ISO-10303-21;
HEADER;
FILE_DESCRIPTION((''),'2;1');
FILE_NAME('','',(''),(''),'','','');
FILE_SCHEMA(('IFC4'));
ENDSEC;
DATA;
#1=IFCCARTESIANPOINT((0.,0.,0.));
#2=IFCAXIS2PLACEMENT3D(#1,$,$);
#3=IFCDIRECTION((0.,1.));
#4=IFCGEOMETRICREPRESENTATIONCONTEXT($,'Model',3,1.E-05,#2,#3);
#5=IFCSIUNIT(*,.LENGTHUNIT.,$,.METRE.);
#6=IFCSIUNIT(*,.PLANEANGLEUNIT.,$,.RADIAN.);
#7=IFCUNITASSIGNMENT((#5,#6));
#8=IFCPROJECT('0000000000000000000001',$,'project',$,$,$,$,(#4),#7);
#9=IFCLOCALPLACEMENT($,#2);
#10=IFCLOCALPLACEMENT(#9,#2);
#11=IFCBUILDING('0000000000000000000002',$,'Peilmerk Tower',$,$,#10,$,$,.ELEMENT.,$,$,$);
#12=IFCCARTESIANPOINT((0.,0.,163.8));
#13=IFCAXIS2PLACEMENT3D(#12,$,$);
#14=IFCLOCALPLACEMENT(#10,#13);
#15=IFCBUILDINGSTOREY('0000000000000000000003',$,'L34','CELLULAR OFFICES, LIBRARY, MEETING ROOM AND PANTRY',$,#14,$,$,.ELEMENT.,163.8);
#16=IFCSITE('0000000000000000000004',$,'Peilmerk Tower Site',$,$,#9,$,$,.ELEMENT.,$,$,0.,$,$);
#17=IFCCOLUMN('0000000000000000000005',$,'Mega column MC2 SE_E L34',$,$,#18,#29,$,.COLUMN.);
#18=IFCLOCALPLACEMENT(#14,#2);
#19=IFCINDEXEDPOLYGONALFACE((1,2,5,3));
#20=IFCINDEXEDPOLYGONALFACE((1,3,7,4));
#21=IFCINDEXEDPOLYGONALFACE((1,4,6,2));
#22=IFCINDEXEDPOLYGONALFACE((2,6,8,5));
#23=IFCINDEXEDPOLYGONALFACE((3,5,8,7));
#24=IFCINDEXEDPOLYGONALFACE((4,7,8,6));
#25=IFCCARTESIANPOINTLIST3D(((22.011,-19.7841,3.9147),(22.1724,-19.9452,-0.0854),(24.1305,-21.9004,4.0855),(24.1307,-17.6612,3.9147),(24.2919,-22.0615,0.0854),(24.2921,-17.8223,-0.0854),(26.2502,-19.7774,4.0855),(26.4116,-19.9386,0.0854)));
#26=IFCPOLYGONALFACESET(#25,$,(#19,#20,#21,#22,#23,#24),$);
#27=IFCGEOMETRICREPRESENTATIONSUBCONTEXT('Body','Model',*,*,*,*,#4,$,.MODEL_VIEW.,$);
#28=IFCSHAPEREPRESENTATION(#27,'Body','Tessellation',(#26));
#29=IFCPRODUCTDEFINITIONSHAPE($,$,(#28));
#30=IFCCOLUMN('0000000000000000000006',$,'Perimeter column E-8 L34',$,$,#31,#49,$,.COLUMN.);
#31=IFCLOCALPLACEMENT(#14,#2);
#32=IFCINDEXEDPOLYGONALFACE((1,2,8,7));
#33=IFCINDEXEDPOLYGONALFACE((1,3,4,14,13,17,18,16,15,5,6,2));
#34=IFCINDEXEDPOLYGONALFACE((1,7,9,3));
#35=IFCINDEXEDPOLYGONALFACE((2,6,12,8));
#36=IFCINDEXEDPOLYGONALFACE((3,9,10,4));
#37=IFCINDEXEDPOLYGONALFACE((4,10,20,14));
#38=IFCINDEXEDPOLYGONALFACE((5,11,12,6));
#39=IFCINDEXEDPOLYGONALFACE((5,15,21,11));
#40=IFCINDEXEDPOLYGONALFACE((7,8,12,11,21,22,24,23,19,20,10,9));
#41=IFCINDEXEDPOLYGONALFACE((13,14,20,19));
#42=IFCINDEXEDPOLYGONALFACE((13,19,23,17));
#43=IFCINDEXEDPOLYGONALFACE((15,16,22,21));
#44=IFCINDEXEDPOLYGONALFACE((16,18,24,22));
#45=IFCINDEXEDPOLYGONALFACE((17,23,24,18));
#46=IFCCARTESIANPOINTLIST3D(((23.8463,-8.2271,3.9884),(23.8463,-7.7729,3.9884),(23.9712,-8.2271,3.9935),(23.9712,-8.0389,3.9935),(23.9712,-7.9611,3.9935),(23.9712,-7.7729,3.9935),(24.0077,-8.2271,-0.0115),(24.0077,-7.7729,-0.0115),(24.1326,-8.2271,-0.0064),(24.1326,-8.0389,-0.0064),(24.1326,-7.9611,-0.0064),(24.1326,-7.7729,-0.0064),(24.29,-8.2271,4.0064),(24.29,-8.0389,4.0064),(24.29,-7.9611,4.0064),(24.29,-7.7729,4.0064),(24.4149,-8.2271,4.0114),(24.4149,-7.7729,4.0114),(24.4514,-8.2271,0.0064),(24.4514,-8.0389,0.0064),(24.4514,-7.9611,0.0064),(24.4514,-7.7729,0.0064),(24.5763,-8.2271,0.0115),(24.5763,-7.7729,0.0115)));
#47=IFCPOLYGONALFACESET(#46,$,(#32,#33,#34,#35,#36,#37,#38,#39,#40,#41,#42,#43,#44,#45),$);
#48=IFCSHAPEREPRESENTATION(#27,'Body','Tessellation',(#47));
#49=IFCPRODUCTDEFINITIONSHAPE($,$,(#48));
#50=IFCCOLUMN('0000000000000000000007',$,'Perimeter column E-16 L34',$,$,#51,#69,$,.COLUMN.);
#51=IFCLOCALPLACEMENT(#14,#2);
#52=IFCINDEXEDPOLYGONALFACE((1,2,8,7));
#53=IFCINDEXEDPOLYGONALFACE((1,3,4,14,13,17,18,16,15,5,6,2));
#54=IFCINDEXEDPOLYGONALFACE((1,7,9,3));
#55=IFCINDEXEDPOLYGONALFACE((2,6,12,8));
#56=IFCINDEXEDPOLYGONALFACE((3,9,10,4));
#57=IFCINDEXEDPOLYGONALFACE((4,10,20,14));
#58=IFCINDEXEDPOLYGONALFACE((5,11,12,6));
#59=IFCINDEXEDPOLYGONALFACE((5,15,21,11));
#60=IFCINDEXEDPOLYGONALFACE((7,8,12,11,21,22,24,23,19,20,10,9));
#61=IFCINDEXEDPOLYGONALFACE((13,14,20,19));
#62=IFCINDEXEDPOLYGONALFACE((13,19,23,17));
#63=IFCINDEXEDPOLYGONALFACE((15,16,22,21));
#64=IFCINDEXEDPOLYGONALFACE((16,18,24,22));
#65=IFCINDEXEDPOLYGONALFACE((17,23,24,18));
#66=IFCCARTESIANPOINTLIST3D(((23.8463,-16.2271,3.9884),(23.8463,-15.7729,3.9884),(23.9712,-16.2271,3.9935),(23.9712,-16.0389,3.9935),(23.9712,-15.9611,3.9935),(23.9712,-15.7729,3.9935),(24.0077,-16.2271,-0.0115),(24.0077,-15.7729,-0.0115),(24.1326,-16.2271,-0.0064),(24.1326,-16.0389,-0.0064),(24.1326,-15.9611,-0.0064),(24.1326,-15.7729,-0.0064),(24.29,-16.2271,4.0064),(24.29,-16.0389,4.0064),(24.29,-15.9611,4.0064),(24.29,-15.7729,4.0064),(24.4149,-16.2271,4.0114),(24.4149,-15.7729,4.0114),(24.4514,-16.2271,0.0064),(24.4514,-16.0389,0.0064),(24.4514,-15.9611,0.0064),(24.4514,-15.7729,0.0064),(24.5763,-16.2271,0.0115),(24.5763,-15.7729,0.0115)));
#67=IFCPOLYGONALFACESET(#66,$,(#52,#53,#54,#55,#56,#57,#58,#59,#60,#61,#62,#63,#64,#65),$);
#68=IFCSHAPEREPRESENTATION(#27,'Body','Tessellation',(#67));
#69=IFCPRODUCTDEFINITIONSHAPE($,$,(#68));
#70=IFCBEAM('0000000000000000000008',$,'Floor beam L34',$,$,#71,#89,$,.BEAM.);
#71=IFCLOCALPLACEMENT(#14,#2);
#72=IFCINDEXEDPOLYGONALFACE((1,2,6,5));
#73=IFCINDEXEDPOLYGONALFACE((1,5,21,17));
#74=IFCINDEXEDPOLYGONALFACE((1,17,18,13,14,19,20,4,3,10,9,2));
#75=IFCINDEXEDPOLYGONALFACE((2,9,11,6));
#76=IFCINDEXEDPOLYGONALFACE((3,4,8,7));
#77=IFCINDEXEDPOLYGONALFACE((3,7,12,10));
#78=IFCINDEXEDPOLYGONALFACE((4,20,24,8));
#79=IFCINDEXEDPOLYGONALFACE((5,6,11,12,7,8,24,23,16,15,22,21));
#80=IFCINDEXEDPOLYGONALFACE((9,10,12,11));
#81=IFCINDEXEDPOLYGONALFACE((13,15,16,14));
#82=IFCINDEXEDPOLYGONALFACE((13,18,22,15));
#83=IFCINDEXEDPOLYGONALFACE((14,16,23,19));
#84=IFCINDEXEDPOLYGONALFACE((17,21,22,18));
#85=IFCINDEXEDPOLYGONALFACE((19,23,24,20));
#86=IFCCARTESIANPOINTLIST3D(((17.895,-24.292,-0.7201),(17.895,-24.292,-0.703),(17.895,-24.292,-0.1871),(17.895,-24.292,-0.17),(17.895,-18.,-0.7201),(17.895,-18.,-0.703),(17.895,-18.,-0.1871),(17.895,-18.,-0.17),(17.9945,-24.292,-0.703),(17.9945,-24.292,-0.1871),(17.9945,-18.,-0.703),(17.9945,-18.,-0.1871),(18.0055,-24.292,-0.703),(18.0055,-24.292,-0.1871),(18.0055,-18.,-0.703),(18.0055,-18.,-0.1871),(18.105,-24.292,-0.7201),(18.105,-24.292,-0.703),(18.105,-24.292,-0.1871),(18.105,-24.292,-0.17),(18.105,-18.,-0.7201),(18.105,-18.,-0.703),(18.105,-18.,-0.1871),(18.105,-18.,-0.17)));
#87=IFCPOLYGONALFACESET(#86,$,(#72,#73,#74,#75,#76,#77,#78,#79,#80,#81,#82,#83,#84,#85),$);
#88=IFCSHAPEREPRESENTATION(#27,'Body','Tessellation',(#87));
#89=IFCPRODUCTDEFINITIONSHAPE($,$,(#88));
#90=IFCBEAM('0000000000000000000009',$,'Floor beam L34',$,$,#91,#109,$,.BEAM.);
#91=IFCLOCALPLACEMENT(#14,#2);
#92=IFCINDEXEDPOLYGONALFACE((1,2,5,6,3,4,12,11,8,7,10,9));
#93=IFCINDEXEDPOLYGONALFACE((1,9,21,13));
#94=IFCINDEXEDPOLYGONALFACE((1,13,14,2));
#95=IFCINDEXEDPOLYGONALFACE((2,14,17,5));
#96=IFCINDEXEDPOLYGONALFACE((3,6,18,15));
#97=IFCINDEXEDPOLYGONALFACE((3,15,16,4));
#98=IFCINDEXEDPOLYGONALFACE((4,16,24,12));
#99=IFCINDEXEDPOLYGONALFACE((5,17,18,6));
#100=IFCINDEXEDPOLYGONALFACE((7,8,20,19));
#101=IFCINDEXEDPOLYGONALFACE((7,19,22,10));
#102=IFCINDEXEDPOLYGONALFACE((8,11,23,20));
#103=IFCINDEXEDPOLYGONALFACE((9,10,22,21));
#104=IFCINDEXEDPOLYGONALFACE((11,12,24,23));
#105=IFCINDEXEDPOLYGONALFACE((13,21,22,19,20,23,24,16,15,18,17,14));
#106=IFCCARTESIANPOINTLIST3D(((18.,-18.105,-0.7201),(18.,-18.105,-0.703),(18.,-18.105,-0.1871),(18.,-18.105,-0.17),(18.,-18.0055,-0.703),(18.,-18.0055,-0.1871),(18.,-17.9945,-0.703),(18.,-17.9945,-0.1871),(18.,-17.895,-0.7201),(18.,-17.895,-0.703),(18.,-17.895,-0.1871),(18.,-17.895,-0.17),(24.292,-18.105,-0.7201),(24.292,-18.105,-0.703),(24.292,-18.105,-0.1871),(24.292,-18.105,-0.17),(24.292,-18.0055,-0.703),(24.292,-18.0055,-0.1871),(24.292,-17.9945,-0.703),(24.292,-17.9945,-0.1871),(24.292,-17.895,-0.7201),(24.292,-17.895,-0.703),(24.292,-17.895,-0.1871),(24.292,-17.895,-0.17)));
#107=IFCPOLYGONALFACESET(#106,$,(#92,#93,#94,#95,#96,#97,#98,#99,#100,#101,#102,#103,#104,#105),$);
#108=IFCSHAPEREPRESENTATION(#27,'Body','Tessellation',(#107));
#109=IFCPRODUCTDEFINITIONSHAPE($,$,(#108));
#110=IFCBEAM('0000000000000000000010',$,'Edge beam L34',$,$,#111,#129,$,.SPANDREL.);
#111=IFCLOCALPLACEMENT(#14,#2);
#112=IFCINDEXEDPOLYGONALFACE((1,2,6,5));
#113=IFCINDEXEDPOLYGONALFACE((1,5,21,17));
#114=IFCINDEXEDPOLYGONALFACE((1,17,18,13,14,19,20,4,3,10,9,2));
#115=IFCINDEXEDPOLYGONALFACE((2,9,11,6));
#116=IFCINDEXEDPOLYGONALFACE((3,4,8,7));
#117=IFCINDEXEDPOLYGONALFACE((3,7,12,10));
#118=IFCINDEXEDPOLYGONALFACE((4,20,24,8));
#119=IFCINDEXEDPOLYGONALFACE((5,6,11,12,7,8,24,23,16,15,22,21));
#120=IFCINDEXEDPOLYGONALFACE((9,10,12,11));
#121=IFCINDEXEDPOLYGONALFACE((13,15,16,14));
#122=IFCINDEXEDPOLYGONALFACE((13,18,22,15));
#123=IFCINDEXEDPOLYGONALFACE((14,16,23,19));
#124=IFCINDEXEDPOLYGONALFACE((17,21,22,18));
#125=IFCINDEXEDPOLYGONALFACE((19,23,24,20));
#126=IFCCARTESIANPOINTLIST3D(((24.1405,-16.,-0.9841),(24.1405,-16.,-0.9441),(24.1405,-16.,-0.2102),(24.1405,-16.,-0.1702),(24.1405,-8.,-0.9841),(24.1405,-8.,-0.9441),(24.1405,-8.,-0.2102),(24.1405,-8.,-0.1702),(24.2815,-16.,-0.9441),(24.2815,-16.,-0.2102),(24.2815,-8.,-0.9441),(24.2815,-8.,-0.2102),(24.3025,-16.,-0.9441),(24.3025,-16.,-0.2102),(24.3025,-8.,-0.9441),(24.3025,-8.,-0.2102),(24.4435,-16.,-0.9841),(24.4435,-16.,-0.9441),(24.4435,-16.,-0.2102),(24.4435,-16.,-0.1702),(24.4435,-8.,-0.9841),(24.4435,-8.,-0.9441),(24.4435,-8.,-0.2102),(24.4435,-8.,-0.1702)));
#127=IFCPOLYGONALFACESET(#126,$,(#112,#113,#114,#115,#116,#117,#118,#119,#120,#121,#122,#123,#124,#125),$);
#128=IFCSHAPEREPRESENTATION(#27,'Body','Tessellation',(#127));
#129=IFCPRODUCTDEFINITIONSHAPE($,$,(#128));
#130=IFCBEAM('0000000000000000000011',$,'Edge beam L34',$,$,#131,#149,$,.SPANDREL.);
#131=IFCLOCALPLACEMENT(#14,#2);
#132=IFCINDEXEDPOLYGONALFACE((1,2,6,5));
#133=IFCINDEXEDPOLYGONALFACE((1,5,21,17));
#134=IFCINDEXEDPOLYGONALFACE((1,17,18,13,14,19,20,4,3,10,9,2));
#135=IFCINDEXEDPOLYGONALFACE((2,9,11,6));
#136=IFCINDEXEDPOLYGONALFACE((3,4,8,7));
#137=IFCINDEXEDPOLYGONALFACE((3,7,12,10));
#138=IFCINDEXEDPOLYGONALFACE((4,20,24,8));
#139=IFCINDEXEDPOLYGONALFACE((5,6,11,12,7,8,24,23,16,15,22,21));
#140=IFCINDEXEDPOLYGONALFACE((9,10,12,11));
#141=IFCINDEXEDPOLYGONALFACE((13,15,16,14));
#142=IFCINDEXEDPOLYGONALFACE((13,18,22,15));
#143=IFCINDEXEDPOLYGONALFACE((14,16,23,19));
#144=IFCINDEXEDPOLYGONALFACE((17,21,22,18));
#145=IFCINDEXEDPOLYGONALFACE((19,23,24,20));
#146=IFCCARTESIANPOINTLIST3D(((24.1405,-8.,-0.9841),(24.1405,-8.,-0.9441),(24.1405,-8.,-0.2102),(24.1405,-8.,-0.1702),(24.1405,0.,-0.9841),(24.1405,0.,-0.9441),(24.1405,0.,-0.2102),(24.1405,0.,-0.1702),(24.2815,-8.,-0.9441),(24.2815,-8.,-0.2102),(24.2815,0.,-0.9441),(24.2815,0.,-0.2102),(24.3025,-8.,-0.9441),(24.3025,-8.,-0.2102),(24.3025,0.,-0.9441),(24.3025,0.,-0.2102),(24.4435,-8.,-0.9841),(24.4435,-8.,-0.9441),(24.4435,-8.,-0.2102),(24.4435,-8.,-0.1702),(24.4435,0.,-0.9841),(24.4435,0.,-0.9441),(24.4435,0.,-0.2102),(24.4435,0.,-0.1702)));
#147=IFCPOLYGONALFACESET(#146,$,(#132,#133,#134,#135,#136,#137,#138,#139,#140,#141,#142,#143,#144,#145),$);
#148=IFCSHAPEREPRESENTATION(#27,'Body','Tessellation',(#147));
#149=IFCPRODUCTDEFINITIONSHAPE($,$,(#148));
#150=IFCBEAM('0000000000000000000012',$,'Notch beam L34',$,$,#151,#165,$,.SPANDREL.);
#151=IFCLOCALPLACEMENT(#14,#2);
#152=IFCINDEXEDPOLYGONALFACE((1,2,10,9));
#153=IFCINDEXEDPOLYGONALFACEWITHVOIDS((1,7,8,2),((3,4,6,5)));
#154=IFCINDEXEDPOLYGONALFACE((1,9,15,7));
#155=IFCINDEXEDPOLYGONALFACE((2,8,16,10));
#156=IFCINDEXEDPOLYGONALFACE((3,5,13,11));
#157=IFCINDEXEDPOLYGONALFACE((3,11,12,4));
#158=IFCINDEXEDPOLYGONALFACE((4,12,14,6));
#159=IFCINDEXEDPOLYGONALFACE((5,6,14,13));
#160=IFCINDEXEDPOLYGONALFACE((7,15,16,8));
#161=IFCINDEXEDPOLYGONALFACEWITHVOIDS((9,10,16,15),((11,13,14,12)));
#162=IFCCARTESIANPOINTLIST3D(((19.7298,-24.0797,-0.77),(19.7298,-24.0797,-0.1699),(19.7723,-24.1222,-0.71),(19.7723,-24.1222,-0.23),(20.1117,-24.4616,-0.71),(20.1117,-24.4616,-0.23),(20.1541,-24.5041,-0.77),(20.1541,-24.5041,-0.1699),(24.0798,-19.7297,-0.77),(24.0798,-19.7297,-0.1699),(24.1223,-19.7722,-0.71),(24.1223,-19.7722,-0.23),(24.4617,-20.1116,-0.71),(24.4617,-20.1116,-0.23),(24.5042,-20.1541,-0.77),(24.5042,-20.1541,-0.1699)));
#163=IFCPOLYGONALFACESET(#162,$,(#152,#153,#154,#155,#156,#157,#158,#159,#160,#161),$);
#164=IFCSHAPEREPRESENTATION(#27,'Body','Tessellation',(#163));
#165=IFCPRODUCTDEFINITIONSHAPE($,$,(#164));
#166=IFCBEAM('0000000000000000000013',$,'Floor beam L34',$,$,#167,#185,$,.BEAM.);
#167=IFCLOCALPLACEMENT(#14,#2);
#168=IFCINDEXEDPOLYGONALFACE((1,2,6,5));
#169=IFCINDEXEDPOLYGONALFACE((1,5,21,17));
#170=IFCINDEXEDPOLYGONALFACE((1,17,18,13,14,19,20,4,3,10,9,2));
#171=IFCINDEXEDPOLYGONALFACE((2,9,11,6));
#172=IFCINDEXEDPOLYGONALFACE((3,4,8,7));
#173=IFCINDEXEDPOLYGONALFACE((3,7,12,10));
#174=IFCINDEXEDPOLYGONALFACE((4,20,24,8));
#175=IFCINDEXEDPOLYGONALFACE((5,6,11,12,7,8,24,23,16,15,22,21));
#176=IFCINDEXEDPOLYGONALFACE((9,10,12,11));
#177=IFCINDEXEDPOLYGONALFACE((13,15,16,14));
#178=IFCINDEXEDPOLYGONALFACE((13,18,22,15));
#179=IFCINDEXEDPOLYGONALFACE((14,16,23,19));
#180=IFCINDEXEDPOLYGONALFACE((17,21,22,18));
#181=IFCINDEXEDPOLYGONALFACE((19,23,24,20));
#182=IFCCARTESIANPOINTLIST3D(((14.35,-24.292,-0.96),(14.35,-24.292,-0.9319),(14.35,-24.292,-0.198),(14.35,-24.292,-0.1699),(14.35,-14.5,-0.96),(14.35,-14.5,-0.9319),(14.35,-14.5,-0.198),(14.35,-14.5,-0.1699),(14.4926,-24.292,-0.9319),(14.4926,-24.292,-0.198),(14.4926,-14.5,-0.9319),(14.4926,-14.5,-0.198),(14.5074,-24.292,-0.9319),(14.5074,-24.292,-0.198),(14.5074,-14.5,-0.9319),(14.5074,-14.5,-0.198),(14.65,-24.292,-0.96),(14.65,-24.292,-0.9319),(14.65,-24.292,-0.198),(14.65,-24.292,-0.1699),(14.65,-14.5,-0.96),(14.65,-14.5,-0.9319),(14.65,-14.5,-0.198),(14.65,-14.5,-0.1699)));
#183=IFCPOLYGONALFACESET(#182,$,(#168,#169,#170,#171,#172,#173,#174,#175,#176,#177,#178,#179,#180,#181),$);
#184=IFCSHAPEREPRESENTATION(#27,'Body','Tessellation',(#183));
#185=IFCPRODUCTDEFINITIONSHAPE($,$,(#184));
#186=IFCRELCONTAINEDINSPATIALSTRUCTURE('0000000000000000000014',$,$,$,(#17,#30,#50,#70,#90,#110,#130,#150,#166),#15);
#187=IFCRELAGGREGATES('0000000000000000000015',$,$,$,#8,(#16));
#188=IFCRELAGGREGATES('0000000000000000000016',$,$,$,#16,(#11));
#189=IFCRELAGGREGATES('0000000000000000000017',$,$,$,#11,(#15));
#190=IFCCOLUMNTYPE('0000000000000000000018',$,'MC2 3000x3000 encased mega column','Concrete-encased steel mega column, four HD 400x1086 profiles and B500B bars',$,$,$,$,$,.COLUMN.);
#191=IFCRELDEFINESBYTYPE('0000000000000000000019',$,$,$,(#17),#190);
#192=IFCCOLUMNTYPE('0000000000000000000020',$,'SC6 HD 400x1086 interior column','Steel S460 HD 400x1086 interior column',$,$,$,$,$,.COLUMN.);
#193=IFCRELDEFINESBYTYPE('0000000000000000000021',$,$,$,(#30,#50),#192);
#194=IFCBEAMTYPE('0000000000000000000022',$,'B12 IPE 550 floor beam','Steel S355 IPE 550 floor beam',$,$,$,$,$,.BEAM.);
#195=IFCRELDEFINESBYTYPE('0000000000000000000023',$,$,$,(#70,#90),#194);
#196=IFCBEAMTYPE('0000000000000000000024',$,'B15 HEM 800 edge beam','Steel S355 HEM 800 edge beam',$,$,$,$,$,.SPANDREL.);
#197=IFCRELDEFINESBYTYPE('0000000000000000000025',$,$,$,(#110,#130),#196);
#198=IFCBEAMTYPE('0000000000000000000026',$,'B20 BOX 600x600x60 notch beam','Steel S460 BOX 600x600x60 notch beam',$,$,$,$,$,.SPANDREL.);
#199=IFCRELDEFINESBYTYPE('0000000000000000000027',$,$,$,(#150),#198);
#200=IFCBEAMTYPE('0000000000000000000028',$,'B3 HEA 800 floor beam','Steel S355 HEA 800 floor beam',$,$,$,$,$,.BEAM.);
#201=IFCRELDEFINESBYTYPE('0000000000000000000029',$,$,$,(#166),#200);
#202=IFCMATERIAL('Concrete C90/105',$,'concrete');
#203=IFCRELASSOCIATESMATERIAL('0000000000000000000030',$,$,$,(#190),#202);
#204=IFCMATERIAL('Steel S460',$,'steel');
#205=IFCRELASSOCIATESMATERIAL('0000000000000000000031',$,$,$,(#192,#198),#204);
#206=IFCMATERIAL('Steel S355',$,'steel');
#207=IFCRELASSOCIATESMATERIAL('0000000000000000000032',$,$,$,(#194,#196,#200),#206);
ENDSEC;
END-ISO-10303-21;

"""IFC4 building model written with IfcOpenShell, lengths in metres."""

from ifc_helpers import new_model, si_unit, direction, frame, origin, origin_2d, place, context, subcontext, project, spatial, rectangle, hollow_rectangle, i_section, extrude, material, material_profile, profile_set, type_object, element, save


model = new_model("IFC4")

# Units and contexts
model_context = context("Model", 3, precision=1e-05, world=origin(), true_north=direction((0.0, 1.0)))
body_context = subcontext(model_context, "Body", "Model", "MODEL_VIEW")
ifc_project = project(units=[si_unit("LENGTHUNIT", "METRE"), si_unit("PLANEANGLEUNIT", "RADIAN")], contexts=[model_context])

# Site, building, storey
site_placement = place(None, origin())
site = spatial("IfcSite", under=ifc_project, at=site_placement, Name="Peilmerk Tower Site", CompositionType="ELEMENT", RefElevation=0.0)
building_placement = place(site_placement, origin())
building = spatial("IfcBuilding", under=site, at=building_placement, Name="Peilmerk Tower", CompositionType="ELEMENT")
storey_placement = place(building_placement, frame((0.0, 0.0, 163.8)))
storey = spatial("IfcBuildingStorey", under=building, at=storey_placement, Name="L34", Description="CELLULAR OFFICES, LIBRARY, MEETING ROOM AND PANTRY", CompositionType="ELEMENT", Elevation=163.8)

# Columns
ifc_material_1 = material(Name="Concrete C90/105", Category="concrete")
ifc_material_profile_1 = material_profile(ifc_material_1, rectangle(XDim=3.0, YDim=3.0, at=origin_2d()), Name="RC 3000x3000")
ifc_profile_set_1 = profile_set([ifc_material_profile_1], Name="Concrete C90/105")
column_type_1 = type_object("IfcColumnType", Name="MC2 3000x3000 encased mega column", Description="Concrete-encased steel mega column, four HD 400x1086 profiles and B500B bars", PredefinedType="COLUMN", material=ifc_profile_set_1)
column_placement = place(storey_placement, frame((24.292, -19.9419, 0.0), z_axis=(-0.040279, 0.040218, 0.998379), x_axis=(-0.706571, -0.707642, 0.0)))
element("IfcColumn", 1, at=column_placement, inside=storey, type_object=column_type_1, Name="Mega column MC2 SE_E L34", PredefinedType="COLUMN", context=body_context, shape_type="SweptSolid", body=[
    extrude(rectangle(XDim=3.0, YDim=3.0, at=origin_2d()), origin(), (0.0, 0.0, 1.0), 4.0066),
])
ifc_material_2 = material(Name="Steel S460", Category="steel")
ifc_material_profile_2 = material_profile(ifc_material_2, i_section(OverallWidth=0.4541, OverallDepth=0.5691, WebThickness=0.0779, FlangeThickness=0.125, at=origin_2d()), Name="HD 400x1086")
ifc_profile_set_2 = profile_set([ifc_material_profile_2], Name="Steel S460")
column_type_2 = type_object("IfcColumnType", Name="SC6 HD 400x1086 interior column", Description="Steel S460 HD 400x1086 interior column", PredefinedType="COLUMN", material=ifc_profile_set_2)
for number, where, z_axis, x_axis, name in (
    (2, (24.292, -8.0, 0.0), (-0.040311, 0.0, 0.999187), (0.0, -1.0, 0.0), "Perimeter column E-8 L34"),
    (3, (24.292, -16.0, 0.0), (-0.040311, 0.0, 0.999187), (0.0, -1.0, 0.0), "Perimeter column E-16 L34"),
):
    element("IfcColumn", number, at=place(storey_placement, frame(where, z_axis=z_axis, x_axis=x_axis)), inside=storey, type_object=column_type_2, Name=name, PredefinedType="COLUMN", context=body_context, shape_type="SweptSolid", body=[
        extrude(i_section(OverallWidth=0.4541, OverallDepth=0.5691, WebThickness=0.0779, FlangeThickness=0.125, at=origin_2d()), origin(), (0.0, 0.0, 1.0), 4.0032),
    ])

# Beams
ifc_material_3 = material(Name="Steel S355", Category="steel")
ifc_material_profile_3 = material_profile(ifc_material_3, i_section(OverallWidth=0.21, OverallDepth=0.55, WebThickness=0.011, FlangeThickness=0.0171, at=origin_2d()), Name="IPE 550")
ifc_profile_set_3 = profile_set([ifc_material_profile_3], Name="Steel S355")
beam_type_1 = type_object("IfcBeamType", Name="B12 IPE 550 floor beam", Description="Steel S355 IPE 550 floor beam", PredefinedType="BEAM", material=ifc_profile_set_3)
for number, where, z_axis, x_axis, name in (
    (4, (18.0, -18.0, -0.4451), (0.0, -1.0, 0.0), (1.0, 0.0, 0.0), "Floor beam L34"),
    (5, (18.0, -18.0, -0.4451), (1.0, 0.0, 0.0), (0.0, 1.0, 0.0), "Floor beam L34"),
):
    element("IfcBeam", number, at=place(storey_placement, frame(where, z_axis=z_axis, x_axis=x_axis)), inside=storey, type_object=beam_type_1, Name=name, PredefinedType="BEAM", context=body_context, shape_type="SweptSolid", body=[
        extrude(i_section(OverallWidth=0.21, OverallDepth=0.55, WebThickness=0.011, FlangeThickness=0.0171, at=origin_2d()), origin(), (0.0, 0.0, 1.0), 6.292),
    ])
ifc_material_profile_4 = material_profile(ifc_material_3, i_section(OverallWidth=0.303, OverallDepth=0.814, WebThickness=0.021, FlangeThickness=0.04, at=origin_2d()), Name="HEM 800")
ifc_profile_set_4 = profile_set([ifc_material_profile_4], Name="Steel S355")
beam_type_2 = type_object("IfcBeamType", Name="B15 HEM 800 edge beam", Description="Steel S355 HEM 800 edge beam", PredefinedType="SPANDREL", material=ifc_profile_set_4)
for number, where, z_axis, x_axis, name in (
    (6, (24.292, -16.0, -0.5771), (0.0, 1.0, 0.0), (-1.0, 0.0, 0.0), "Edge beam L34"),
    (7, (24.292, -8.0, -0.5771), (0.0, 1.0, 0.0), (-1.0, 0.0, 0.0), "Edge beam L34"),
):
    element("IfcBeam", number, at=place(storey_placement, frame(where, z_axis=z_axis, x_axis=x_axis)), inside=storey, type_object=beam_type_2, Name=name, PredefinedType="SPANDREL", context=body_context, shape_type="SweptSolid", body=[
        extrude(i_section(OverallWidth=0.303, OverallDepth=0.814, WebThickness=0.021, FlangeThickness=0.04, at=origin_2d()), origin(), (0.0, 0.0, 1.0), 8.0),
    ])
ifc_material_profile_5 = material_profile(ifc_material_2, hollow_rectangle(XDim=0.6001, YDim=0.6001, WallThickness=0.0601, at=origin_2d()), Name="BOX 600x600x60")
ifc_profile_set_5 = profile_set([ifc_material_profile_5], Name="Steel S460")
beam_type_3 = type_object("IfcBeamType", Name="B20 BOX 600x600x60 notch beam", Description="Steel S460 BOX 600x600x60 notch beam", PredefinedType="SPANDREL", material=ifc_profile_set_5)
beam_1_placement = place(storey_placement, frame((24.292, -19.9419, -0.47), z_axis=(-0.707107, -0.707107, 0.0), x_axis=(0.707107, -0.707107, 0.0)))
element("IfcBeam", 8, at=beam_1_placement, inside=storey, type_object=beam_type_3, Name="Notch beam L34", PredefinedType="SPANDREL", context=body_context, shape_type="SweptSolid", body=[
    extrude(hollow_rectangle(XDim=0.6001, YDim=0.6001, WallThickness=0.0601, at=origin_2d()), origin(), (0.0, 0.0, 1.0), 6.1519),
])
ifc_material_profile_6 = material_profile(ifc_material_3, i_section(OverallWidth=0.3, OverallDepth=0.79, WebThickness=0.0149, FlangeThickness=0.0281, at=origin_2d()), Name="HEA 800")
ifc_profile_set_6 = profile_set([ifc_material_profile_6], Name="Steel S355")
beam_type_4 = type_object("IfcBeamType", Name="B3 HEA 800 floor beam", Description="Steel S355 HEA 800 floor beam", PredefinedType="BEAM", material=ifc_profile_set_6)
for number, where, z_axis, x_axis, name in (
    (9, (14.5, -14.5, -0.5649), (0.0, -1.0, 0.0), (1.0, 0.0, 0.0), "Floor beam L34"),
):
    element("IfcBeam", number, at=place(storey_placement, frame(where, z_axis=z_axis, x_axis=x_axis)), inside=storey, type_object=beam_type_4, Name=name, PredefinedType="BEAM", context=body_context, shape_type="SweptSolid", body=[
        extrude(i_section(OverallWidth=0.3, OverallDepth=0.79, WebThickness=0.0149, FlangeThickness=0.0281, at=origin_2d()), origin(), (0.0, 0.0, 1.0), 9.792),
    ])

save(model, "model.ifc")
